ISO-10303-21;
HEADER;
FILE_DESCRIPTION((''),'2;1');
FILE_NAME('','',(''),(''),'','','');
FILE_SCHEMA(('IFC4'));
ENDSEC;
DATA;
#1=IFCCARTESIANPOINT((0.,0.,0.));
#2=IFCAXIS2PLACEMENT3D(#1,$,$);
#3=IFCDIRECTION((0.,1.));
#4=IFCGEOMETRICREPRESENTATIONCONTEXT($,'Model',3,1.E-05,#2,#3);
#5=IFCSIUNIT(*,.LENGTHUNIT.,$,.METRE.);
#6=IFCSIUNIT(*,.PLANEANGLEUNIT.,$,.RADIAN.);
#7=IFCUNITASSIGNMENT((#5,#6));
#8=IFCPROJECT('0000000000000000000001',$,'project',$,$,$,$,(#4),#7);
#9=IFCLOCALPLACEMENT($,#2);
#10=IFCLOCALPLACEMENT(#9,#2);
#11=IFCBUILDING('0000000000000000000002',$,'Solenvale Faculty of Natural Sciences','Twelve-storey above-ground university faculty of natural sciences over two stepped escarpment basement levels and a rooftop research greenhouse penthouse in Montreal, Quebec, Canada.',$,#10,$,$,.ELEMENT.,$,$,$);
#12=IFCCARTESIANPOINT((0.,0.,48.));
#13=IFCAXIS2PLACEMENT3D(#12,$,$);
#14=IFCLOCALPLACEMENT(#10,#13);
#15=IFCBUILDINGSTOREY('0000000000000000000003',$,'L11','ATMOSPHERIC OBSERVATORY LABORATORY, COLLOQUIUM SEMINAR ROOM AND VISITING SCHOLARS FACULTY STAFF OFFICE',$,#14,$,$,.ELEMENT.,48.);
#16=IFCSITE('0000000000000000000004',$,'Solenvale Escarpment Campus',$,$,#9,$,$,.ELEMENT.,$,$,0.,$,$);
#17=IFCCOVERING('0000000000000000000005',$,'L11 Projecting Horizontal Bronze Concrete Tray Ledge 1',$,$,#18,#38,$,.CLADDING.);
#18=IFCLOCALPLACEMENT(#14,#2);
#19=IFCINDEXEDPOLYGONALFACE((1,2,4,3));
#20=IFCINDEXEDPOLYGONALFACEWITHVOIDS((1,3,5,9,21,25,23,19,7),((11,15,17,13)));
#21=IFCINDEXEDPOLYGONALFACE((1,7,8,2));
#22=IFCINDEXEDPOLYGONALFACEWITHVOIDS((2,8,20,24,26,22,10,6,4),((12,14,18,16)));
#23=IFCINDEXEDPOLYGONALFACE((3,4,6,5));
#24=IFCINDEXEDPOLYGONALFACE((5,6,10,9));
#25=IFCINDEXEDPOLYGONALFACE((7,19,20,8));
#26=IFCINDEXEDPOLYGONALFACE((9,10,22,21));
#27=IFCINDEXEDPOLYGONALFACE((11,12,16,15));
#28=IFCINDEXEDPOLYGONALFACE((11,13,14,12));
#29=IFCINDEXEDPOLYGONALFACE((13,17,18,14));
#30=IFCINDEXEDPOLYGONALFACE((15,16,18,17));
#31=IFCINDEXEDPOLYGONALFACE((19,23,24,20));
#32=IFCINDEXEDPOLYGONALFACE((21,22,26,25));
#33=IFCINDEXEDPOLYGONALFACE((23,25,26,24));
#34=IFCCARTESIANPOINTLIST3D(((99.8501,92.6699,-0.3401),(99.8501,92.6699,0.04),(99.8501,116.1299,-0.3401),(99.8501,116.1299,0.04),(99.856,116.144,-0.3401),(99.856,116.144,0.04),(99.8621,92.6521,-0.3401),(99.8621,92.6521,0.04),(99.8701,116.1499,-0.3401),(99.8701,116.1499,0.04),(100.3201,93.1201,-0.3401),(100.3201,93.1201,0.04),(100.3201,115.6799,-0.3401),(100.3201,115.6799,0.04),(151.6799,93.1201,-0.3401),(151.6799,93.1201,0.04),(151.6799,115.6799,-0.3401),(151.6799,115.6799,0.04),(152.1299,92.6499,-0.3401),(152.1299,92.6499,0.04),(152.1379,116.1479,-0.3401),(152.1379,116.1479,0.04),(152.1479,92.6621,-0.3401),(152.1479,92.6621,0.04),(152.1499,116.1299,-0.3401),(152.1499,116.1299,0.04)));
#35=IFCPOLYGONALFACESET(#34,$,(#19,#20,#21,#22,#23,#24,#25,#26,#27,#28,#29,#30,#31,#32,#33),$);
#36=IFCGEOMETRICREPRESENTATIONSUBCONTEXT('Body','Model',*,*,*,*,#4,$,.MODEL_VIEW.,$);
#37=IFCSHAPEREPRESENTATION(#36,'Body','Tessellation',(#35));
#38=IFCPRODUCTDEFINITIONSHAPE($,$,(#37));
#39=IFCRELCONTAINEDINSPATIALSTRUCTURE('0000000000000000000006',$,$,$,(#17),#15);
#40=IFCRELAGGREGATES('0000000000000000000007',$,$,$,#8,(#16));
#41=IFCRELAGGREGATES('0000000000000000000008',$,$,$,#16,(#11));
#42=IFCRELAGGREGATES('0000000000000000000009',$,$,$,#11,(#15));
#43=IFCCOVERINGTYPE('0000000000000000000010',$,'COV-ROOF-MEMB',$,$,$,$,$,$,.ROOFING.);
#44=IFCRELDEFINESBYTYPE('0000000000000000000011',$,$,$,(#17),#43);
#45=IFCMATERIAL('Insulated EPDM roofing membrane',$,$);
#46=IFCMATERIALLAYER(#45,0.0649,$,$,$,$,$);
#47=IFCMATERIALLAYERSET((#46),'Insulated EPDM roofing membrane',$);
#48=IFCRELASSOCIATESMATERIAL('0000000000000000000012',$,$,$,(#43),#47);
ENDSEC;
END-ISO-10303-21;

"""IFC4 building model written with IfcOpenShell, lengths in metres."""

from ifc_helpers import new_model, si_unit, direction, frame, origin, place, context, subcontext, project, spatial, polyline, outline, extrude, material, layer, layer_set, type_object, element, save


model = new_model("IFC4")

# Units and contexts
model_context = context("Model", 3, precision=1e-05, world=origin(), true_north=direction((0.0, 1.0)))
body_context = subcontext(model_context, "Body", "Model", "MODEL_VIEW")
ifc_project = project(units=[si_unit("LENGTHUNIT", "METRE"), si_unit("PLANEANGLEUNIT", "RADIAN")], contexts=[model_context])

# Site, building, storey
site_placement = place(None, origin())
site = spatial("IfcSite", under=ifc_project, at=site_placement, Name="Solenvale Escarpment Campus", CompositionType="ELEMENT", RefElevation=0.0)
building_placement = place(site_placement, origin())
building = spatial("IfcBuilding", under=site, at=building_placement, Name="Solenvale Faculty of Natural Sciences", Description="Twelve-storey above-ground university faculty of natural sciences over two stepped escarpment basement levels and a rooftop research greenhouse penthouse in Montreal, Quebec, Canada.", CompositionType="ELEMENT")
storey_placement = place(building_placement, frame((0.0, 0.0, 48.0)))
storey = spatial("IfcBuildingStorey", under=building, at=storey_placement, Name="L11", Description="ATMOSPHERIC OBSERVATORY LABORATORY, COLLOQUIUM SEMINAR ROOM AND VISITING SCHOLARS FACULTY STAFF OFFICE", CompositionType="ELEMENT", Elevation=48.0)

# Covering
ifc_material_1 = material(Name="Insulated EPDM roofing membrane")
ifc_layer_1 = layer(ifc_material_1, 0.0649)
ifc_layer_set_1 = layer_set([ifc_layer_1], Name="Insulated EPDM roofing membrane")
covering_type_1 = type_object("IfcCoveringType", Name="COV-ROOF-MEMB", PredefinedType="ROOFING", material=ifc_layer_set_1)
covering_1_placement = place(storey_placement, frame((0.0, 0.0, -0.3401)))
element("IfcCovering", 1, at=covering_1_placement, inside=storey, type_object=covering_type_1, Name="L11 Projecting Horizontal Bronze Concrete Tray Ledge 1", PredefinedType="CLADDING", context=body_context, shape_type="SweptSolid", body=[
    extrude(outline(polyline([(99.8501, 116.1299), (99.856, 116.144), (99.8701, 116.1499), (152.1379, 116.1479), (152.1499, 116.1299), (152.1479, 92.6621), (152.1299, 92.6499), (99.8621, 92.6521), (99.8501, 92.6699), (99.8501, 116.1299)]), holes=[polyline([(100.3201, 93.1201), (151.6799, 93.1201), (151.6799, 115.6799), (100.3201, 115.6799), (100.3201, 93.1201)])]), origin(), (0.0, 0.0, 1.0), 0.3801),
])

save(model, "model.ifc")
